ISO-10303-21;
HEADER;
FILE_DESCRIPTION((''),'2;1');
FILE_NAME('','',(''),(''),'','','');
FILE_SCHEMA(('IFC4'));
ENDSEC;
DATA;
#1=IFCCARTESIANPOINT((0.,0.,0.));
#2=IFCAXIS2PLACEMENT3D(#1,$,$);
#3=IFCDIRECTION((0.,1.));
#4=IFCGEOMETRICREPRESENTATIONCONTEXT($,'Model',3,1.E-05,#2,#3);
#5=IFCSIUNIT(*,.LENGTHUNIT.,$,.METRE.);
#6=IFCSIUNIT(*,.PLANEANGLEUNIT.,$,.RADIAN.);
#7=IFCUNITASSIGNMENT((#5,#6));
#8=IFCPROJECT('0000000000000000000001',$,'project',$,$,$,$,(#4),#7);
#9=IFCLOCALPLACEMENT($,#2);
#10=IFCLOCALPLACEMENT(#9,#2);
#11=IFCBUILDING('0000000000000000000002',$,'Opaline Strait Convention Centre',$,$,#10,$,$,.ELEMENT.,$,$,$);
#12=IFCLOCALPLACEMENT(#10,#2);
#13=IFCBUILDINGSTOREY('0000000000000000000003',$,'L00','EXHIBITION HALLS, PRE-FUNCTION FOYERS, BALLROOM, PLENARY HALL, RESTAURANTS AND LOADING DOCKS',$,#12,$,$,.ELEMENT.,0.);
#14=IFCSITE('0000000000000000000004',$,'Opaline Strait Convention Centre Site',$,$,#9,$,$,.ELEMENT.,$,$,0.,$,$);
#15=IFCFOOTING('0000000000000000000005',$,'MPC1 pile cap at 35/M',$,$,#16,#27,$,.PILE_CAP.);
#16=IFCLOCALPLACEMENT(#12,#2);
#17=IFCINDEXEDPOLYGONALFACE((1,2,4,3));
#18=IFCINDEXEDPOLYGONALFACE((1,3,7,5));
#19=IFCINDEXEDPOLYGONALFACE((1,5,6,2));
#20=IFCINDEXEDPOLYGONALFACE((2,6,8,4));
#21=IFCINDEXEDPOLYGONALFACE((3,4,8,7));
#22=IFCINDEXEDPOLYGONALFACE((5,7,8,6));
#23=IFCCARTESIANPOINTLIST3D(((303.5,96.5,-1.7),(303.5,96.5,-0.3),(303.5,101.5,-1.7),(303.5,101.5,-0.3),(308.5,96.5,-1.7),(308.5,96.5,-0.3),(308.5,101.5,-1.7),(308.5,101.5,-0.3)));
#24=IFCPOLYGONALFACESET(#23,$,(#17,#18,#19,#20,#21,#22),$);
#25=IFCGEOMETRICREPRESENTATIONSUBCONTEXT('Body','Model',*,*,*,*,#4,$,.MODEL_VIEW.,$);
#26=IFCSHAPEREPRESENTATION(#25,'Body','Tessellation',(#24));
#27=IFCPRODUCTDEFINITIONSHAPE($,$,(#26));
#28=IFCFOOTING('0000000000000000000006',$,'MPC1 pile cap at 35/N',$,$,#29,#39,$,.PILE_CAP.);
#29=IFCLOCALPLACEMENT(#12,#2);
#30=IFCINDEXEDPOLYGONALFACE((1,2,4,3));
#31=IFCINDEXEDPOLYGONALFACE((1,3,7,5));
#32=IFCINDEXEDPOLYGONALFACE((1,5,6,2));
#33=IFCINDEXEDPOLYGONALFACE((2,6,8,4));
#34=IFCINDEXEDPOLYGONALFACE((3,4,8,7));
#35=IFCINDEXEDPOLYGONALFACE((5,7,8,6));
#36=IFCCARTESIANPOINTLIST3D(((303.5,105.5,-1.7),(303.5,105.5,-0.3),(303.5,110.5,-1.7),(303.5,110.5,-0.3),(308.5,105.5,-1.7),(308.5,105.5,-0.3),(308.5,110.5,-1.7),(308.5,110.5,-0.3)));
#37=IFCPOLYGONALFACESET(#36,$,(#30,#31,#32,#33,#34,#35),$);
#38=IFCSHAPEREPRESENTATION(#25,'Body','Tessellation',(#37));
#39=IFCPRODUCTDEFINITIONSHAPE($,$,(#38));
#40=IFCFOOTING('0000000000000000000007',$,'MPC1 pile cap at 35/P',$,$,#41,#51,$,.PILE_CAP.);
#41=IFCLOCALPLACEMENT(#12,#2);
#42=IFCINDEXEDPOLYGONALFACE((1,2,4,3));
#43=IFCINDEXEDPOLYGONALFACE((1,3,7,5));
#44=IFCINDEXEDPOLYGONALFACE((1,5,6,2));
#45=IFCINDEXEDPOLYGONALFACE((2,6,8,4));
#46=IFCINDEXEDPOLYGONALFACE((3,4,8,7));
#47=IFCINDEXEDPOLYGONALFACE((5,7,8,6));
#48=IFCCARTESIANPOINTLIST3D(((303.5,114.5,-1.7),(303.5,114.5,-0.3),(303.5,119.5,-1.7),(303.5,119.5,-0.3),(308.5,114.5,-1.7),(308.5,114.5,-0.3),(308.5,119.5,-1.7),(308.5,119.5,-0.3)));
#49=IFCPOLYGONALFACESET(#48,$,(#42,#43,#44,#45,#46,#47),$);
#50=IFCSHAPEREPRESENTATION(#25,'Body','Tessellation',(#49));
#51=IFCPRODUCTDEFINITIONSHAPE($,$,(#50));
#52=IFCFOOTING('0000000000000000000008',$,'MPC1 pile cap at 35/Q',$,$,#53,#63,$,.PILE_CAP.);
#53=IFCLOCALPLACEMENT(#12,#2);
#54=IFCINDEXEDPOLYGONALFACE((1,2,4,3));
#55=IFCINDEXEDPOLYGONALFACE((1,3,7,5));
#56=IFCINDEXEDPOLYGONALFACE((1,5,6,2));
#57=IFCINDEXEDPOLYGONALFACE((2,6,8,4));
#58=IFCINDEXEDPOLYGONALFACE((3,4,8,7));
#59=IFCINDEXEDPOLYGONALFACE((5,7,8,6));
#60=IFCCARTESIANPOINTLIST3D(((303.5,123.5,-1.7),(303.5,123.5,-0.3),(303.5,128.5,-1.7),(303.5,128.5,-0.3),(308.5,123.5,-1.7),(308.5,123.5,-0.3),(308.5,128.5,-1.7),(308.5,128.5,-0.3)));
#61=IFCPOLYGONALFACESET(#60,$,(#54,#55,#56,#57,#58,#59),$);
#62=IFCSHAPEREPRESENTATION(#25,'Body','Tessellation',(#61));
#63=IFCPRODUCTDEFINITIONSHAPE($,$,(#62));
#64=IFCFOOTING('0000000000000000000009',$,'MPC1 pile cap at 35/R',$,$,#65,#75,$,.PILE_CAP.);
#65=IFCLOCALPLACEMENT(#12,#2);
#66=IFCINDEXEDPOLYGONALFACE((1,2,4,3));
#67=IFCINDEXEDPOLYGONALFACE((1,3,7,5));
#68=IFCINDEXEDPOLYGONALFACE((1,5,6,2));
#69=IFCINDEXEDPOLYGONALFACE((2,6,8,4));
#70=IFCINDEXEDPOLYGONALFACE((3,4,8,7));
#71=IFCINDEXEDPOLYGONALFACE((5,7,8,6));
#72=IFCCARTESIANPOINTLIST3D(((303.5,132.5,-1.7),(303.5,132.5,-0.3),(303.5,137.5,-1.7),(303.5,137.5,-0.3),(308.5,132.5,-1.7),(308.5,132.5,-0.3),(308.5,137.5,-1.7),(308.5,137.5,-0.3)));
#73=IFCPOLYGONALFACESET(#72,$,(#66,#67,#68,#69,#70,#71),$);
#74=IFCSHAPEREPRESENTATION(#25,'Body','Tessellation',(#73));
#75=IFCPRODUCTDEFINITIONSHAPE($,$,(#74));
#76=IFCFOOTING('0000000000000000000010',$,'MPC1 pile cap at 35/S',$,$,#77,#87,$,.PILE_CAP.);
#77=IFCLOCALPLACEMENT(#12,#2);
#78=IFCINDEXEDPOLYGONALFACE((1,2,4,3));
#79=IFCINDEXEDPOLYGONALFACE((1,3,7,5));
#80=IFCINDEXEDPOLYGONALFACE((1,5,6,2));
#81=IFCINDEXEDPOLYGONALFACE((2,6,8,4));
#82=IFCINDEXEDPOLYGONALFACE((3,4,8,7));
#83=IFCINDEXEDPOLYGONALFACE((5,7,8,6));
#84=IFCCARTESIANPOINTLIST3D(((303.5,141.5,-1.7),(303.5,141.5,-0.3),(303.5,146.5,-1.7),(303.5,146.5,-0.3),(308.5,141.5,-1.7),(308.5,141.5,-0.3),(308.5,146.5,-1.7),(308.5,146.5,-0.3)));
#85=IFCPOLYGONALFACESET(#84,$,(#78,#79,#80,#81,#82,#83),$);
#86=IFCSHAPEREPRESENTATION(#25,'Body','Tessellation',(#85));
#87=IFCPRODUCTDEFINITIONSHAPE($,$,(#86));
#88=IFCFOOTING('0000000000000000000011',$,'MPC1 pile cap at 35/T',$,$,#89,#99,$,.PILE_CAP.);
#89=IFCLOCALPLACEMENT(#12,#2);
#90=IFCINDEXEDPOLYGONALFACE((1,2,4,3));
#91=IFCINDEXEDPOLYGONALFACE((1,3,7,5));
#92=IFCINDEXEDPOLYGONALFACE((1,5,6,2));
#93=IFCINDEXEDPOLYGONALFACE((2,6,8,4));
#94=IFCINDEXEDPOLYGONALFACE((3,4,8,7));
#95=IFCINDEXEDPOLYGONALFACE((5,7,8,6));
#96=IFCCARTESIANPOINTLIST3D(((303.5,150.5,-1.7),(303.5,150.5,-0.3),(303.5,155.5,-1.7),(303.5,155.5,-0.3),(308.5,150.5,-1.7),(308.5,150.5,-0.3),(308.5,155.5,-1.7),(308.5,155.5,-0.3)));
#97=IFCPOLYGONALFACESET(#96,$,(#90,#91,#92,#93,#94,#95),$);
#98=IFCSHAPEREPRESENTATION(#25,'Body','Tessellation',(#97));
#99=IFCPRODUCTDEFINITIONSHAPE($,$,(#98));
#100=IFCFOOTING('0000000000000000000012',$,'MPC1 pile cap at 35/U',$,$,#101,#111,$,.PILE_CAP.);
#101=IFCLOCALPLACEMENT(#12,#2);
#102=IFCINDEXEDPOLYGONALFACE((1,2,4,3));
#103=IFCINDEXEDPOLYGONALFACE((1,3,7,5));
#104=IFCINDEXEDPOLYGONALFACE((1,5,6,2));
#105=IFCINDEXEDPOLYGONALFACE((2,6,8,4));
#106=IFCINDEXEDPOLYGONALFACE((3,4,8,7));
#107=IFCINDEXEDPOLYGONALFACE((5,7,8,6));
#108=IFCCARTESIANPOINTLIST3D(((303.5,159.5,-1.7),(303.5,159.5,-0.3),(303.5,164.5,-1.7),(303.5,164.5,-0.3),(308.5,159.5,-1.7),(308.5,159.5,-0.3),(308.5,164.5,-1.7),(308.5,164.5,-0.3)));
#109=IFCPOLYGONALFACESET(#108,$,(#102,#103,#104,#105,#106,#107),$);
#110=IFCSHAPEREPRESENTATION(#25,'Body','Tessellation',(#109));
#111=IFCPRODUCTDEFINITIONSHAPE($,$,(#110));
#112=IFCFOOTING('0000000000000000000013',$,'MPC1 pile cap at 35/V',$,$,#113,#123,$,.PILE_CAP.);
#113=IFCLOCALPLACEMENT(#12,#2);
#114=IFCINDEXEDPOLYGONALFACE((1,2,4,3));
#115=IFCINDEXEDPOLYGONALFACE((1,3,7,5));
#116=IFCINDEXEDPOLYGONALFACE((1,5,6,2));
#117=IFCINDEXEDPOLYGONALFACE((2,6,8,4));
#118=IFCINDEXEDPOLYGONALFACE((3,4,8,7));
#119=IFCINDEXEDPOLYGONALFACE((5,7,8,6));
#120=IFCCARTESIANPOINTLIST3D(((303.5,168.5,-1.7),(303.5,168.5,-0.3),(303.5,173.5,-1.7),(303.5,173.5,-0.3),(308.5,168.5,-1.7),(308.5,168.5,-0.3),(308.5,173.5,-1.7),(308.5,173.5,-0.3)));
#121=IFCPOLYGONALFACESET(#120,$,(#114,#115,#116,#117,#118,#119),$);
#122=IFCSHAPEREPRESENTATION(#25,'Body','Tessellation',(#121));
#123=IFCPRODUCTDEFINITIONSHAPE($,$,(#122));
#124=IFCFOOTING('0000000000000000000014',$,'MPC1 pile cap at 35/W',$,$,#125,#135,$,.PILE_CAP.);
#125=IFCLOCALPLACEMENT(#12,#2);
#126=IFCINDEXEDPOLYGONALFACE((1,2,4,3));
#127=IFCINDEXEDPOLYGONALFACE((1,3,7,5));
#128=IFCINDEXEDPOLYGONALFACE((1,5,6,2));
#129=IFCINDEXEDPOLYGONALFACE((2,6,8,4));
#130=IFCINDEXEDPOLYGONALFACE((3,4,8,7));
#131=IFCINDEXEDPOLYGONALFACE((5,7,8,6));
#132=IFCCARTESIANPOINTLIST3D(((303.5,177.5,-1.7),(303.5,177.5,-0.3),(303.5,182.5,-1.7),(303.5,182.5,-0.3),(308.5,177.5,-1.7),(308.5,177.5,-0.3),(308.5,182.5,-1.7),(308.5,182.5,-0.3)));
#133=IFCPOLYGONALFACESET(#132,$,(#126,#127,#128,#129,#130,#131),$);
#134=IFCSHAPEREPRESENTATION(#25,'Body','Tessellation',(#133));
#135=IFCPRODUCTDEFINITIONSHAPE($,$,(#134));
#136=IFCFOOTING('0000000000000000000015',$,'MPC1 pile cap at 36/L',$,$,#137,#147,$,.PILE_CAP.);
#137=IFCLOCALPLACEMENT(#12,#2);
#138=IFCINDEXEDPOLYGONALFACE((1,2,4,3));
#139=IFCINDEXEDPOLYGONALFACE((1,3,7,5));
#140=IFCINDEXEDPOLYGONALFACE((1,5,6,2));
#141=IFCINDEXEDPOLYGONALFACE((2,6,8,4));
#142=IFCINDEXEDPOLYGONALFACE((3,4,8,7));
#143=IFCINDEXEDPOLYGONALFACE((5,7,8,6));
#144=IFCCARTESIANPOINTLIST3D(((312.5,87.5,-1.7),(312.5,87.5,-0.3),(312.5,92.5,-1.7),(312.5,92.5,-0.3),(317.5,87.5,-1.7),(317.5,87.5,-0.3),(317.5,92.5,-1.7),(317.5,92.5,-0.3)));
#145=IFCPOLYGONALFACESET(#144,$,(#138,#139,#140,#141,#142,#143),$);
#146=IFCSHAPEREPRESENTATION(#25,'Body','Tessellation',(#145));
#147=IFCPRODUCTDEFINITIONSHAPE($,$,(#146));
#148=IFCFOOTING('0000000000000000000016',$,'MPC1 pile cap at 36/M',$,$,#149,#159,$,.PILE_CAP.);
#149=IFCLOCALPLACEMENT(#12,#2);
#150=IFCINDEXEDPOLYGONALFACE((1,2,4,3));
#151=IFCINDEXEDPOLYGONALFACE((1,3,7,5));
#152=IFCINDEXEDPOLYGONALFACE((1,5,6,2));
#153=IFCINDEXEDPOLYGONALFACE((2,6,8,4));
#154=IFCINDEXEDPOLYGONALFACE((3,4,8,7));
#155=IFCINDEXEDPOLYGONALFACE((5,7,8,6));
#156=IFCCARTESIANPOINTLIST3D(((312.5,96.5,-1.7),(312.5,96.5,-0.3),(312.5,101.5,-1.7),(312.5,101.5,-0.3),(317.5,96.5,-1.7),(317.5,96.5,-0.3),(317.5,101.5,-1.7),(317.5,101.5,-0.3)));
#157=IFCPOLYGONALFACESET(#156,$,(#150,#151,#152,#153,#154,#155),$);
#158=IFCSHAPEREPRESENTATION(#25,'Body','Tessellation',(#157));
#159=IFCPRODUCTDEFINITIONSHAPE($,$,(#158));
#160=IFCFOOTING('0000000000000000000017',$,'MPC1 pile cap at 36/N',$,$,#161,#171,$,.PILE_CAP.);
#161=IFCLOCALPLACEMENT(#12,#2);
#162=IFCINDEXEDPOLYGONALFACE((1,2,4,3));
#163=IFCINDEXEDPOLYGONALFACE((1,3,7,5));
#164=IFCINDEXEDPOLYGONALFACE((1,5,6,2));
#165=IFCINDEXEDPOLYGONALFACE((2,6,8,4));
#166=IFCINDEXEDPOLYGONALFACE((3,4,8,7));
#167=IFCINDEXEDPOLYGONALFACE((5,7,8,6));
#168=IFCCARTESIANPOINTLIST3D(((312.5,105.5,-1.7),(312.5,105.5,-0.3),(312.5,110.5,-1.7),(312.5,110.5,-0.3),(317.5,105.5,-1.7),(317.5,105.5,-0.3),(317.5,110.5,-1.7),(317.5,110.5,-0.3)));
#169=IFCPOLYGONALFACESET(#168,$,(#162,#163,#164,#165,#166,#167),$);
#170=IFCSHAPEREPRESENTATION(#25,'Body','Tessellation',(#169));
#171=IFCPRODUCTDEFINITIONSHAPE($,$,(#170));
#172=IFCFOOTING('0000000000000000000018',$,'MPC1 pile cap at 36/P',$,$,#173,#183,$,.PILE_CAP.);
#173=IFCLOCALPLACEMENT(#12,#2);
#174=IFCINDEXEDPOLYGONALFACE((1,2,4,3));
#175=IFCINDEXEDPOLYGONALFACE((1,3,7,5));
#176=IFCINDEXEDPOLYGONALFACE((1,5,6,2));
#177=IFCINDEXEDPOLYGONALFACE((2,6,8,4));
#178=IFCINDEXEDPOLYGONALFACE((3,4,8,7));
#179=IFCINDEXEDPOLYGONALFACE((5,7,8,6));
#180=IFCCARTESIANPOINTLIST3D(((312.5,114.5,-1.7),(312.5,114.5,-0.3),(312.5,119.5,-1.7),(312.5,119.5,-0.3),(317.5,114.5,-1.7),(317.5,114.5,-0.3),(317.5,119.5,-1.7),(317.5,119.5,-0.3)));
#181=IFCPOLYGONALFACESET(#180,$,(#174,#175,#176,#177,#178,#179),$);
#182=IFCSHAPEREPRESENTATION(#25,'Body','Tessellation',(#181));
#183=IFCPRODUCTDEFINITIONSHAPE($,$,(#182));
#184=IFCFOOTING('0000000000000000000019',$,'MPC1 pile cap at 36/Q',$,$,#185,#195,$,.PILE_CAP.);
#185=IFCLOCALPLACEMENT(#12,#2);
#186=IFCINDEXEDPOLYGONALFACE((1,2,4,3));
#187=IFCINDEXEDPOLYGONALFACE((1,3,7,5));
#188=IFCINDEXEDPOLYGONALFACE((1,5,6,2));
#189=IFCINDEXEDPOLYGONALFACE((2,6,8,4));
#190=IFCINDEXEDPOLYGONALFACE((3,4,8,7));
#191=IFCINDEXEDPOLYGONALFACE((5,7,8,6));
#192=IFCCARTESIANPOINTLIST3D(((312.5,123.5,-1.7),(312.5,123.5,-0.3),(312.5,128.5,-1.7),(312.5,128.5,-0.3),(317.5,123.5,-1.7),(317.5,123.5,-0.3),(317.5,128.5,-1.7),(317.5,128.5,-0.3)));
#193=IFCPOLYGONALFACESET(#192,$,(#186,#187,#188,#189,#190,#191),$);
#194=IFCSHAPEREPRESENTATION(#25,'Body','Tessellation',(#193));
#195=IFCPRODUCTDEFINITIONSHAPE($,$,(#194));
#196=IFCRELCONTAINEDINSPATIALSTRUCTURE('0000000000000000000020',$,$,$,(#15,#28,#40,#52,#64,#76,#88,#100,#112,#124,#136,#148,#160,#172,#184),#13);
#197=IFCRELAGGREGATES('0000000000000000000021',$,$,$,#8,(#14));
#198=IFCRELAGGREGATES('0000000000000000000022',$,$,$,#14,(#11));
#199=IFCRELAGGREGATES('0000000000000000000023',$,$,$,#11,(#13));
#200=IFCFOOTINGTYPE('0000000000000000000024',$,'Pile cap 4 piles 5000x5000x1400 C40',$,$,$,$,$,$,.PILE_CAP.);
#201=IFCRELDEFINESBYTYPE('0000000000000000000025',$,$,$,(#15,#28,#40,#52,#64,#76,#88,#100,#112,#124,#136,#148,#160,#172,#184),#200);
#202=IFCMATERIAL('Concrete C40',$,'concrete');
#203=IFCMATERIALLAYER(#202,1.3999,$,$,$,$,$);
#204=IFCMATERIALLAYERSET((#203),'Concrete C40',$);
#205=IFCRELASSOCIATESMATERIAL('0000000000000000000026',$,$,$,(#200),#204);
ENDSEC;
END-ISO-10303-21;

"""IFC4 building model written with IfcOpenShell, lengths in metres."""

from ifc_helpers import new_model, si_unit, direction, frame, origin, place, context, subcontext, project, spatial, polyline, outline, extrude, material, layer, layer_set, type_object, element, save


model = new_model("IFC4")

# Units and contexts
model_context = context("Model", 3, precision=1e-05, world=origin(), true_north=direction((0.0, 1.0)))
body_context = subcontext(model_context, "Body", "Model", "MODEL_VIEW")
ifc_project = project(units=[si_unit("LENGTHUNIT", "METRE"), si_unit("PLANEANGLEUNIT", "RADIAN")], contexts=[model_context])

# Site, building, storey
site_placement = place(None, origin())
site = spatial("IfcSite", under=ifc_project, at=site_placement, Name="Opaline Strait Convention Centre Site", CompositionType="ELEMENT", RefElevation=0.0)
building_placement = place(site_placement, origin())
building = spatial("IfcBuilding", under=site, at=building_placement, Name="Opaline Strait Convention Centre", CompositionType="ELEMENT")
storey_placement = place(building_placement, origin())
storey = spatial("IfcBuildingStorey", under=building, at=storey_placement, Name="L00", Description="EXHIBITION HALLS, PRE-FUNCTION FOYERS, BALLROOM, PLENARY HALL, RESTAURANTS AND LOADING DOCKS", CompositionType="ELEMENT", Elevation=0.0)

# Footings
ifc_material = material(Name="Concrete C40", Category="concrete")
ifc_layer = layer(ifc_material, 1.3999)
ifc_layer_set = layer_set([ifc_layer], Name="Concrete C40")
footing_type = type_object("IfcFootingType", Name="Pile cap 4 piles 5000x5000x1400 C40", PredefinedType="PILE_CAP", material=ifc_layer_set)
footing_1_placement = place(storey_placement, frame((0.0, 0.0, -1.7)))
element("IfcFooting", 1, at=footing_1_placement, inside=storey, type_object=footing_type, Name="MPC1 pile cap at 35/M", PredefinedType="PILE_CAP", context=body_context, shape_type="SweptSolid", body=[
    extrude(outline(polyline([(303.5, 96.5), (308.5, 96.5), (308.5, 101.5), (303.5, 101.5), (303.5, 96.5)])), origin(), (0.0, 0.0, 1.0), 1.3999),
])
footing_2_placement = place(storey_placement, frame((0.0, 0.0, -1.7)))
element("IfcFooting", 2, at=footing_2_placement, inside=storey, type_object=footing_type, Name="MPC1 pile cap at 35/N", PredefinedType="PILE_CAP", context=body_context, shape_type="SweptSolid", body=[
    extrude(outline(polyline([(303.5, 105.5), (308.5, 105.5), (308.5, 110.5), (303.5, 110.5), (303.5, 105.5)])), origin(), (0.0, 0.0, 1.0), 1.3999),
])
footing_3_placement = place(storey_placement, frame((0.0, 0.0, -1.7)))
element("IfcFooting", 3, at=footing_3_placement, inside=storey, type_object=footing_type, Name="MPC1 pile cap at 35/P", PredefinedType="PILE_CAP", context=body_context, shape_type="SweptSolid", body=[
    extrude(outline(polyline([(303.5, 114.5), (308.5, 114.5), (308.5, 119.5), (303.5, 119.5), (303.5, 114.5)])), origin(), (0.0, 0.0, 1.0), 1.3999),
])
footing_4_placement = place(storey_placement, frame((0.0, 0.0, -1.7)))
element("IfcFooting", 4, at=footing_4_placement, inside=storey, type_object=footing_type, Name="MPC1 pile cap at 35/Q", PredefinedType="PILE_CAP", context=body_context, shape_type="SweptSolid", body=[
    extrude(outline(polyline([(303.5, 123.5), (308.5, 123.5), (308.5, 128.5), (303.5, 128.5), (303.5, 123.5)])), origin(), (0.0, 0.0, 1.0), 1.3999),
])
footing_5_placement = place(storey_placement, frame((0.0, 0.0, -1.7)))
element("IfcFooting", 5, at=footing_5_placement, inside=storey, type_object=footing_type, Name="MPC1 pile cap at 35/R", PredefinedType="PILE_CAP", context=body_context, shape_type="SweptSolid", body=[
    extrude(outline(polyline([(303.5, 132.5), (308.5, 132.5), (308.5, 137.5), (303.5, 137.5), (303.5, 132.5)])), origin(), (0.0, 0.0, 1.0), 1.3999),
])
footing_6_placement = place(storey_placement, frame((0.0, 0.0, -1.7)))
element("IfcFooting", 6, at=footing_6_placement, inside=storey, type_object=footing_type, Name="MPC1 pile cap at 35/S", PredefinedType="PILE_CAP", context=body_context, shape_type="SweptSolid", body=[
    extrude(outline(polyline([(303.5, 141.5), (308.5, 141.5), (308.5, 146.5), (303.5, 146.5), (303.5, 141.5)])), origin(), (0.0, 0.0, 1.0), 1.3999),
])
footing_7_placement = place(storey_placement, frame((0.0, 0.0, -1.7)))
element("IfcFooting", 7, at=footing_7_placement, inside=storey, type_object=footing_type, Name="MPC1 pile cap at 35/T", PredefinedType="PILE_CAP", context=body_context, shape_type="SweptSolid", body=[
    extrude(outline(polyline([(303.5, 150.5), (308.5, 150.5), (308.5, 155.5), (303.5, 155.5), (303.5, 150.5)])), origin(), (0.0, 0.0, 1.0), 1.3999),
])
footing_8_placement = place(storey_placement, frame((0.0, 0.0, -1.7)))
element("IfcFooting", 8, at=footing_8_placement, inside=storey, type_object=footing_type, Name="MPC1 pile cap at 35/U", PredefinedType="PILE_CAP", context=body_context, shape_type="SweptSolid", body=[
    extrude(outline(polyline([(303.5, 159.5), (308.5, 159.5), (308.5, 164.5), (303.5, 164.5), (303.5, 159.5)])), origin(), (0.0, 0.0, 1.0), 1.3999),
])
footing_9_placement = place(storey_placement, frame((0.0, 0.0, -1.7)))
element("IfcFooting", 9, at=footing_9_placement, inside=storey, type_object=footing_type, Name="MPC1 pile cap at 35/V", PredefinedType="PILE_CAP", context=body_context, shape_type="SweptSolid", body=[
    extrude(outline(polyline([(303.5, 168.5), (308.5, 168.5), (308.5, 173.5), (303.5, 173.5), (303.5, 168.5)])), origin(), (0.0, 0.0, 1.0), 1.3999),
])
footing_10_placement = place(storey_placement, frame((0.0, 0.0, -1.7)))
element("IfcFooting", 10, at=footing_10_placement, inside=storey, type_object=footing_type, Name="MPC1 pile cap at 35/W", PredefinedType="PILE_CAP", context=body_context, shape_type="SweptSolid", body=[
    extrude(outline(polyline([(303.5, 177.5), (308.5, 177.5), (308.5, 182.5), (303.5, 182.5), (303.5, 177.5)])), origin(), (0.0, 0.0, 1.0), 1.3999),
])
footing_11_placement = place(storey_placement, frame((0.0, 0.0, -1.7)))
element("IfcFooting", 11, at=footing_11_placement, inside=storey, type_object=footing_type, Name="MPC1 pile cap at 36/L", PredefinedType="PILE_CAP", context=body_context, shape_type="SweptSolid", body=[
    extrude(outline(polyline([(312.5, 87.5), (317.5, 87.5), (317.5, 92.5), (312.5, 92.5), (312.5, 87.5)])), origin(), (0.0, 0.0, 1.0), 1.3999),
])
footing_12_placement = place(storey_placement, frame((0.0, 0.0, -1.7)))
element("IfcFooting", 12, at=footing_12_placement, inside=storey, type_object=footing_type, Name="MPC1 pile cap at 36/M", PredefinedType="PILE_CAP", context=body_context, shape_type="SweptSolid", body=[
    extrude(outline(polyline([(312.5, 96.5), (317.5, 96.5), (317.5, 101.5), (312.5, 101.5), (312.5, 96.5)])), origin(), (0.0, 0.0, 1.0), 1.3999),
])
footing_13_placement = place(storey_placement, frame((0.0, 0.0, -1.7)))
element("IfcFooting", 13, at=footing_13_placement, inside=storey, type_object=footing_type, Name="MPC1 pile cap at 36/N", PredefinedType="PILE_CAP", context=body_context, shape_type="SweptSolid", body=[
    extrude(outline(polyline([(312.5, 105.5), (317.5, 105.5), (317.5, 110.5), (312.5, 110.5), (312.5, 105.5)])), origin(), (0.0, 0.0, 1.0), 1.3999),
])
footing_14_placement = place(storey_placement, frame((0.0, 0.0, -1.7)))
element("IfcFooting", 14, at=footing_14_placement, inside=storey, type_object=footing_type, Name="MPC1 pile cap at 36/P", PredefinedType="PILE_CAP", context=body_context, shape_type="SweptSolid", body=[
    extrude(outline(polyline([(312.5, 114.5), (317.5, 114.5), (317.5, 119.5), (312.5, 119.5), (312.5, 114.5)])), origin(), (0.0, 0.0, 1.0), 1.3999),
])
footing_15_placement = place(storey_placement, frame((0.0, 0.0, -1.7)))
element("IfcFooting", 15, at=footing_15_placement, inside=storey, type_object=footing_type, Name="MPC1 pile cap at 36/Q", PredefinedType="PILE_CAP", context=body_context, shape_type="SweptSolid", body=[
    extrude(outline(polyline([(312.5, 123.5), (317.5, 123.5), (317.5, 128.5), (312.5, 128.5), (312.5, 123.5)])), origin(), (0.0, 0.0, 1.0), 1.3999),
])

save(model, "model.ifc")
